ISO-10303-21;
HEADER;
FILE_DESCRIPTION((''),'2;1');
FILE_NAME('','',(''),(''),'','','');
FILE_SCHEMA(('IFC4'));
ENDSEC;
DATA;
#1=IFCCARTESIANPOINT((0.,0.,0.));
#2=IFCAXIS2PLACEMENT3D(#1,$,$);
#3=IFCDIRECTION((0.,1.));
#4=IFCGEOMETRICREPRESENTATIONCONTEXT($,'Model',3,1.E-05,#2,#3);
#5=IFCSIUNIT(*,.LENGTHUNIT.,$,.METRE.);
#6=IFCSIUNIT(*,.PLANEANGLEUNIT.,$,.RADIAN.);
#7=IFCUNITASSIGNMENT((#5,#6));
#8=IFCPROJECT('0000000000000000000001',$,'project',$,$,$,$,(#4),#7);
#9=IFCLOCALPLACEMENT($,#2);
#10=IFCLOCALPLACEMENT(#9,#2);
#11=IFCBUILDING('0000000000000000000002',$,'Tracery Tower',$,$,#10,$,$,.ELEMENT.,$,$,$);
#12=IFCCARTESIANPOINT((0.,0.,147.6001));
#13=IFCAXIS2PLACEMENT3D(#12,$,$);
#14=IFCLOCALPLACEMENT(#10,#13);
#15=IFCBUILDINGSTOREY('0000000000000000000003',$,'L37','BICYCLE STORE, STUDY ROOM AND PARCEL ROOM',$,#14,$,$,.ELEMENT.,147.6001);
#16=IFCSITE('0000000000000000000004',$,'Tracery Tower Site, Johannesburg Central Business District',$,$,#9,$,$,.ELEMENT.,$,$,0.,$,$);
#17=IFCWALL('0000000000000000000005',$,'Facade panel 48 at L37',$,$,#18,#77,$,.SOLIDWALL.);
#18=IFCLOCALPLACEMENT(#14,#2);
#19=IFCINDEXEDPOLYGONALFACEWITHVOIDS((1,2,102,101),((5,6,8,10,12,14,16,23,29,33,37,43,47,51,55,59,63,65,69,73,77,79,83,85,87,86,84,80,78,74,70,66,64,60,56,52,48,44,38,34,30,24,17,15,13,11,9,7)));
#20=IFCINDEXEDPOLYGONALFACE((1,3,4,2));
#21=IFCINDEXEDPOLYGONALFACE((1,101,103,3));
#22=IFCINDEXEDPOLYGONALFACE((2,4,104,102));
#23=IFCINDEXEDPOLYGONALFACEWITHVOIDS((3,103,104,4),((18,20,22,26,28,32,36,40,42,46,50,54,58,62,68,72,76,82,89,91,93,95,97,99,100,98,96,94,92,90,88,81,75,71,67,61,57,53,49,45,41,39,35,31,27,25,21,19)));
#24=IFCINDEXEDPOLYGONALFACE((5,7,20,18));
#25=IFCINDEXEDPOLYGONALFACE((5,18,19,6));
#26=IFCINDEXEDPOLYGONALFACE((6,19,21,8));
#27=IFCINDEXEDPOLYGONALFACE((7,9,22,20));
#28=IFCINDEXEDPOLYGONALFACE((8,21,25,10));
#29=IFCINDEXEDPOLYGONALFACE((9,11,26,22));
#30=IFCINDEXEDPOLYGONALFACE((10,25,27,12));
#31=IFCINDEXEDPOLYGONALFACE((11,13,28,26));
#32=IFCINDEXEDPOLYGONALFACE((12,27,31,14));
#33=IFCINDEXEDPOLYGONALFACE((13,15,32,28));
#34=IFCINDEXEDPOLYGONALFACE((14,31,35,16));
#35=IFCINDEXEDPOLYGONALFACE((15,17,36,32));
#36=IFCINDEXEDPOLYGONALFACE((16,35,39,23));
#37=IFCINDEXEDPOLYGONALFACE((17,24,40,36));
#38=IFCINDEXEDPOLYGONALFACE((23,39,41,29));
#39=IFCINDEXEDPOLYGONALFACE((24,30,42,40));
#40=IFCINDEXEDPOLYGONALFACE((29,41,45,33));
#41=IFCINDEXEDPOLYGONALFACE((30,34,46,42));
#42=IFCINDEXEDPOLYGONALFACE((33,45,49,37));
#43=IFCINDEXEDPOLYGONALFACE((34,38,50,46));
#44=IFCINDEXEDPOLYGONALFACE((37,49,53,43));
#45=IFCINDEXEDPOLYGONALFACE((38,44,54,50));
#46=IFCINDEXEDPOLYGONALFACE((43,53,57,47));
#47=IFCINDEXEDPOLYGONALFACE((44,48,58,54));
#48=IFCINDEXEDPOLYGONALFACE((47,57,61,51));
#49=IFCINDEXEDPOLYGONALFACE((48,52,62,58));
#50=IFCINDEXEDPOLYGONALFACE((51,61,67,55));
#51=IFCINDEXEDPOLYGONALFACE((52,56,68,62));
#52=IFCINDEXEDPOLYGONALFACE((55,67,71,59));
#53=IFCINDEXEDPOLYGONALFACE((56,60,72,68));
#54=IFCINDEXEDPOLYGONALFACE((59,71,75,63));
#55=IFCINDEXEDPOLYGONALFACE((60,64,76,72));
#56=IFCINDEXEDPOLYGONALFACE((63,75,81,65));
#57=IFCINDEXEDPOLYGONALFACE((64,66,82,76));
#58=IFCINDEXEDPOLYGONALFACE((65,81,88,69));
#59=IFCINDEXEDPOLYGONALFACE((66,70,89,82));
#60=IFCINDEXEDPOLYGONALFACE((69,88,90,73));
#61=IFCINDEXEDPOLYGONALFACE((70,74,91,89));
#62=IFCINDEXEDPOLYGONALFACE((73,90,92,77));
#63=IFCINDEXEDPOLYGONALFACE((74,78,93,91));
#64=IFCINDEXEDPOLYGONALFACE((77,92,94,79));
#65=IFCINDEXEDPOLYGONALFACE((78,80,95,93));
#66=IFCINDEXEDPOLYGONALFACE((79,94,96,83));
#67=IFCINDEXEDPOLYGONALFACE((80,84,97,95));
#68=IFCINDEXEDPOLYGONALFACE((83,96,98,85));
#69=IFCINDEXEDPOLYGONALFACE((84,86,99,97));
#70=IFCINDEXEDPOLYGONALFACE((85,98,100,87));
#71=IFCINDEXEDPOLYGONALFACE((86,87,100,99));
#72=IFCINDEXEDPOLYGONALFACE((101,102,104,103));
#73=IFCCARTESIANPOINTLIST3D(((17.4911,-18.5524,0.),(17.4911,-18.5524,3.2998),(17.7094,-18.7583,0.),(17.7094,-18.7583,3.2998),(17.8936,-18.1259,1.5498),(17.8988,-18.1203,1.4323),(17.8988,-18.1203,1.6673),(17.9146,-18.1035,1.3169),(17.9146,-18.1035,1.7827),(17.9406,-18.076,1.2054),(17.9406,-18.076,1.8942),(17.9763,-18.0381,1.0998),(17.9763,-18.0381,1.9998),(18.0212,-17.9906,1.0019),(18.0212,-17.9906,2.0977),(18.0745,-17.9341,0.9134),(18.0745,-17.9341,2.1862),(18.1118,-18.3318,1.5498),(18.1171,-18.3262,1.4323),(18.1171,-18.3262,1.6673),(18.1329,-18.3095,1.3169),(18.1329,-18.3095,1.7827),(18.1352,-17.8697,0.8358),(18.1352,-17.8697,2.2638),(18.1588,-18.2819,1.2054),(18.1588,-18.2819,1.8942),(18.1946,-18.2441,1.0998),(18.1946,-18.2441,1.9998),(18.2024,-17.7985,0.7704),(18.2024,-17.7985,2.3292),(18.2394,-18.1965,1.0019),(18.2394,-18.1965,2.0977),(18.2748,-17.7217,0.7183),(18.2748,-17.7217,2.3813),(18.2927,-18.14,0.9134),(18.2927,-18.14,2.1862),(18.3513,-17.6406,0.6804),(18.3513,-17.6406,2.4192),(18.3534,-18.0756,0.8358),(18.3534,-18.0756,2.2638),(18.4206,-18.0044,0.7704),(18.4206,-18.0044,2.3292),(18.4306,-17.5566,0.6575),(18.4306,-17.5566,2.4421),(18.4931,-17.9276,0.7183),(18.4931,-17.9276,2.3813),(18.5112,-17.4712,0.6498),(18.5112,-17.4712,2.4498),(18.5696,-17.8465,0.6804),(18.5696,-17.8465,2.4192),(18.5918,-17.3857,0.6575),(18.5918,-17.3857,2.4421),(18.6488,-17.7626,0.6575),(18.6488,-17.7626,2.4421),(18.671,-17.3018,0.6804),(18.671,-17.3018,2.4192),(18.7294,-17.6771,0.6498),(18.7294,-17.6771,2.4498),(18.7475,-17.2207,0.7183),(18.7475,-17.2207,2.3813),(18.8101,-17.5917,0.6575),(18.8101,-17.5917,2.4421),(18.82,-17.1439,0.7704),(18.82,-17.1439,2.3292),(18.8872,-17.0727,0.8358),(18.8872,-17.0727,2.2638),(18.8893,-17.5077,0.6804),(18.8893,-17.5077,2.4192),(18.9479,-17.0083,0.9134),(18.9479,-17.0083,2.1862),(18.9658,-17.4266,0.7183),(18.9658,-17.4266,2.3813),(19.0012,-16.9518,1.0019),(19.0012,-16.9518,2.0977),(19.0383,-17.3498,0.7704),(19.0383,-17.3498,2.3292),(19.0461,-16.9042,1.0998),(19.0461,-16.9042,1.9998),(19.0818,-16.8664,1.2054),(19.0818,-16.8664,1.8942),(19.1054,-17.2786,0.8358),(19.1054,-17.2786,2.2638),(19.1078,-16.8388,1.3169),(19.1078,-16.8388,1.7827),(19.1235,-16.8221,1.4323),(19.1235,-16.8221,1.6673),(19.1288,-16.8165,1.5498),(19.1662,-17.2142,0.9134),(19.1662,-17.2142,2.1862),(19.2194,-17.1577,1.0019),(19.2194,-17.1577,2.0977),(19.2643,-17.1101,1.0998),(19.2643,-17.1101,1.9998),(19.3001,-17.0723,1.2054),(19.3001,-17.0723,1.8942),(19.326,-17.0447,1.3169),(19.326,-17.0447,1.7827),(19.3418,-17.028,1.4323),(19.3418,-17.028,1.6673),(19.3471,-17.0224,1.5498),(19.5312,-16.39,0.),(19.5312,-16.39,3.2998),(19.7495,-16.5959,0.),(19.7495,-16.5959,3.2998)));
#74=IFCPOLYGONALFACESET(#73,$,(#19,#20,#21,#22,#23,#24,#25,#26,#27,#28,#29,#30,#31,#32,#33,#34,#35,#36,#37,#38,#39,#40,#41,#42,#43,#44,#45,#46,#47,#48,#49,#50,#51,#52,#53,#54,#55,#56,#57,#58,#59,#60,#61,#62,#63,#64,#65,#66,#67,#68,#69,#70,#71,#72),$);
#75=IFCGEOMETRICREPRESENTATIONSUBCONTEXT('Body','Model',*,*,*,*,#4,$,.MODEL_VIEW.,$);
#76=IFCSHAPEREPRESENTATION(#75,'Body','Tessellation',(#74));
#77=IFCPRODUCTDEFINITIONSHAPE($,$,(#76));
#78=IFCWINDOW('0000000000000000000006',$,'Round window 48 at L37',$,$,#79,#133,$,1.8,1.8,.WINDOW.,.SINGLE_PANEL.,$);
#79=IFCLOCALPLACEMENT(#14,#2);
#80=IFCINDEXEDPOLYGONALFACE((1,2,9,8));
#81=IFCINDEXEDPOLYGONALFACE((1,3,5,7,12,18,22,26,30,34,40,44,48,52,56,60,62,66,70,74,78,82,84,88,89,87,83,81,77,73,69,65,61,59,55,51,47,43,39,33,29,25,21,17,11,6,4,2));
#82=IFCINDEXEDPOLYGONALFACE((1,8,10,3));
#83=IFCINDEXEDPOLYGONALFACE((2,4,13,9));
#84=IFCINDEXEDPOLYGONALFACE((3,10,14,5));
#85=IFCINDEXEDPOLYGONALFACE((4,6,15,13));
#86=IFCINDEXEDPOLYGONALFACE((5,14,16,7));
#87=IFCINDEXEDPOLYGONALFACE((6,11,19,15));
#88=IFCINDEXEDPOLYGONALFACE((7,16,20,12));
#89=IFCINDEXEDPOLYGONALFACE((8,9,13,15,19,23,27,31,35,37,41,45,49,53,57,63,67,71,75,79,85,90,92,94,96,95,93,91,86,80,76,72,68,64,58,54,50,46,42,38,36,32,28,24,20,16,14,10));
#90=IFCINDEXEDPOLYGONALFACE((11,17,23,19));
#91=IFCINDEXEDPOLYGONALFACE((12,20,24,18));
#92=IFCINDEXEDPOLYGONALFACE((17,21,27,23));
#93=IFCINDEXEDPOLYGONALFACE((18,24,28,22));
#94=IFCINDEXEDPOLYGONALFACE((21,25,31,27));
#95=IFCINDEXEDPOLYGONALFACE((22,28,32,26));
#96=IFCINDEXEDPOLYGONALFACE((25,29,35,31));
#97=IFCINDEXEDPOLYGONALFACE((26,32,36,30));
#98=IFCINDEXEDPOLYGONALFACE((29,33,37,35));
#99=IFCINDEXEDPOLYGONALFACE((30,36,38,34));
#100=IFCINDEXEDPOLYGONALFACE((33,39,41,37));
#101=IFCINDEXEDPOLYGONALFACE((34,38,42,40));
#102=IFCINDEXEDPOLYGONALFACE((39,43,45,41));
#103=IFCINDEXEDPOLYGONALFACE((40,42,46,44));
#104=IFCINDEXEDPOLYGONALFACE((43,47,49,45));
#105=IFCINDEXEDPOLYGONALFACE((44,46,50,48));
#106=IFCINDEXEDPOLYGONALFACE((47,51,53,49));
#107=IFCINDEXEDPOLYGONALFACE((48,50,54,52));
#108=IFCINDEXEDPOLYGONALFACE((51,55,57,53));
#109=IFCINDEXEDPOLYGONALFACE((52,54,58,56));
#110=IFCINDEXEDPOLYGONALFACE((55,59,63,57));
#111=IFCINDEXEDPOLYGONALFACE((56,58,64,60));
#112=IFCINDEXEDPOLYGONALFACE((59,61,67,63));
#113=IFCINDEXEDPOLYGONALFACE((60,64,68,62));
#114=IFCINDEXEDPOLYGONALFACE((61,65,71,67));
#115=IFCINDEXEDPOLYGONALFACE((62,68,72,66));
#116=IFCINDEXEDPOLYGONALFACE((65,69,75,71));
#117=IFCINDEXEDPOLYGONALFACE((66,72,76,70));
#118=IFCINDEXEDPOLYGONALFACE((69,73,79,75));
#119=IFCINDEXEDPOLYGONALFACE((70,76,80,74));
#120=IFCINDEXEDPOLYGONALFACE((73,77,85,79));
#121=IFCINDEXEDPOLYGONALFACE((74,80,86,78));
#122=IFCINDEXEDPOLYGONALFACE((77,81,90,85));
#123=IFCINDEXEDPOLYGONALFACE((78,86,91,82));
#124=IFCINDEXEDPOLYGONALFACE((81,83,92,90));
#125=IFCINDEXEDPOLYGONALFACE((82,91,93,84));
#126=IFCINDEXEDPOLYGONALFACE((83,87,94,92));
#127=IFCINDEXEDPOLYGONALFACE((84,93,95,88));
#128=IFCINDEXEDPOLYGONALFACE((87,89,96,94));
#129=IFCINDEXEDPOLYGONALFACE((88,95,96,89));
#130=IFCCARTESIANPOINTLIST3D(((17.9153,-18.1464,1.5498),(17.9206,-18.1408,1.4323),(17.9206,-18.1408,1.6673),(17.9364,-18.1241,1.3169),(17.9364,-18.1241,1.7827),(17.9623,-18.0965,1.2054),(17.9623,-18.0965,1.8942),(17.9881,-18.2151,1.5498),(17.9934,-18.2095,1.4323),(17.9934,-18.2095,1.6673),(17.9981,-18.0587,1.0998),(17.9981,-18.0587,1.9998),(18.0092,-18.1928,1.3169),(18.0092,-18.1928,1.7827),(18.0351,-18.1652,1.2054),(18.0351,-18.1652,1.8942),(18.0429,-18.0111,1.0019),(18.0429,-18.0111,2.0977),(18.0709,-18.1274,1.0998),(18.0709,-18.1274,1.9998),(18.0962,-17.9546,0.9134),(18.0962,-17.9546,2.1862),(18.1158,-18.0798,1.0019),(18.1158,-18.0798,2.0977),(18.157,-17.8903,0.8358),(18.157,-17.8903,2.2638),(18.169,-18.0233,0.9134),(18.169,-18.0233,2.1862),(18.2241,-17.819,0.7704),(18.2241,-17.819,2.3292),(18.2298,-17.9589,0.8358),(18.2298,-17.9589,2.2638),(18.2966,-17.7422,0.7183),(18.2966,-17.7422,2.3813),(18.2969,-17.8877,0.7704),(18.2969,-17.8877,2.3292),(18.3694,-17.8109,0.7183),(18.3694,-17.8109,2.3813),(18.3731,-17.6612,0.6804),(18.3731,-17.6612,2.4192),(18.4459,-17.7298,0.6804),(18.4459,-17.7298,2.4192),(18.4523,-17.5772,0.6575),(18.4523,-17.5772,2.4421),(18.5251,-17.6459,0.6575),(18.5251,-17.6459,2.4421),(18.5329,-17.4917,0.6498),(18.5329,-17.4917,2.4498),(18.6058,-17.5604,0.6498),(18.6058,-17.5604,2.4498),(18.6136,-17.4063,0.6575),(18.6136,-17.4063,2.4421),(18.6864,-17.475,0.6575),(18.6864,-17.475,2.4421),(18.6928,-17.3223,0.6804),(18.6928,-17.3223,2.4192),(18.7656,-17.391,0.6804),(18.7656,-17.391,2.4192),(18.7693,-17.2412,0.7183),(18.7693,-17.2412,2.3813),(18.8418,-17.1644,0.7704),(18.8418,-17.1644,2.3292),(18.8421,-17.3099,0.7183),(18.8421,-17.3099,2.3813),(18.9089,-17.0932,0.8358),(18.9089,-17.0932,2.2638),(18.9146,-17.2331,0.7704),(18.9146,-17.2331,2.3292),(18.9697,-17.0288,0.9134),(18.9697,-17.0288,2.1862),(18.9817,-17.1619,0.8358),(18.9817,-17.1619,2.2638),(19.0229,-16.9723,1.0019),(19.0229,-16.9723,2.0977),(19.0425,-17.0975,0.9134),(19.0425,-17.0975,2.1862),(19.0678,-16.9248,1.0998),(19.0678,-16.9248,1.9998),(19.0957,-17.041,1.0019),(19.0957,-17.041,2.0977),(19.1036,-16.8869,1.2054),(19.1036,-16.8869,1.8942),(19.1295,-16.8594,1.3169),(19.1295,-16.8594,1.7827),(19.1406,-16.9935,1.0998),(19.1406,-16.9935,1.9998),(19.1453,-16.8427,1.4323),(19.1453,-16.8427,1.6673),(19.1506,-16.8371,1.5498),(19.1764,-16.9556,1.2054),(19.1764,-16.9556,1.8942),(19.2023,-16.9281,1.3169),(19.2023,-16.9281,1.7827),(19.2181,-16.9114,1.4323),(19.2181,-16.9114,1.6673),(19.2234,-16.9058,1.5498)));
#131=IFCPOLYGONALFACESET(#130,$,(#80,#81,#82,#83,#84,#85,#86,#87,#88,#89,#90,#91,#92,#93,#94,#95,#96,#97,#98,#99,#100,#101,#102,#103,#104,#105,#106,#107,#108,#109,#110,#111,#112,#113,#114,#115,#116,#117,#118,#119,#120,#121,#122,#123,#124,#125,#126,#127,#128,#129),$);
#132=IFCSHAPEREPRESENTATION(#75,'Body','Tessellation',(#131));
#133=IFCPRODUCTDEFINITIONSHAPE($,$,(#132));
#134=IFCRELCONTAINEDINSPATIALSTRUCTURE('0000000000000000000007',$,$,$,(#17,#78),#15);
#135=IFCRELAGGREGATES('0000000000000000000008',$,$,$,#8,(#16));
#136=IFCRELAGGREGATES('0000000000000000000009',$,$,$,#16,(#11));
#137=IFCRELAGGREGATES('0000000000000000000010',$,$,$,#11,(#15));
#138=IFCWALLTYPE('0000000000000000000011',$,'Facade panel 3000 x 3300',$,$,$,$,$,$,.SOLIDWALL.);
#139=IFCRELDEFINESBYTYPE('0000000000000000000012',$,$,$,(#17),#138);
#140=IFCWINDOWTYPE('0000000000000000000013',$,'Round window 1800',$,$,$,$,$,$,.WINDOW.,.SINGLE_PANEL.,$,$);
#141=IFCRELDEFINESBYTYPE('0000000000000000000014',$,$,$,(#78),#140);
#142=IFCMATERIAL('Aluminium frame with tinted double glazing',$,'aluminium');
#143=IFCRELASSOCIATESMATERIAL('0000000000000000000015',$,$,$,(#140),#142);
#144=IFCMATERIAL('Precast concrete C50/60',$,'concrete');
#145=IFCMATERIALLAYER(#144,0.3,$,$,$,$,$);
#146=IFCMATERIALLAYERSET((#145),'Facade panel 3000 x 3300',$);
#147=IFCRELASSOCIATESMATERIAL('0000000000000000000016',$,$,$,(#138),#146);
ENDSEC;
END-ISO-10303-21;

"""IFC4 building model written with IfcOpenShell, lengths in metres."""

from ifc_helpers import new_model, si_unit, direction, frame, frame_2d, origin, origin_2d, place, context, subcontext, project, spatial, rectangle, circle, extrude, material, layer, layer_set, type_object, element, fill, save


model = new_model("IFC4")

# Units and contexts
model_context = context("Model", 3, precision=1e-05, world=origin(), true_north=direction((0.0, 1.0)))
body_context = subcontext(model_context, "Body", "Model", "MODEL_VIEW")
ifc_project = project(units=[si_unit("LENGTHUNIT", "METRE"), si_unit("PLANEANGLEUNIT", "RADIAN")], contexts=[model_context])

# Site, building, storey
site_placement = place(None, origin())
site = spatial("IfcSite", under=ifc_project, at=site_placement, Name="Tracery Tower Site, Johannesburg Central Business District", CompositionType="ELEMENT", RefElevation=0.0)
building_placement = place(site_placement, origin())
building = spatial("IfcBuilding", under=site, at=building_placement, Name="Tracery Tower", CompositionType="ELEMENT")
storey_placement = place(building_placement, frame((0.0, 0.0, 147.6001)))
storey = spatial("IfcBuildingStorey", under=building, at=storey_placement, Name="L37", Description="BICYCLE STORE, STUDY ROOM AND PARCEL ROOM", CompositionType="ELEMENT", Elevation=147.6001)

# Wall, opening, window
ifc_material_1 = material(Name="Aluminium frame with tinted double glazing", Category="aluminium")
window_type = type_object("IfcWindowType", Name="Round window 1800", PartitioningType="SINGLE_PANEL", PredefinedType="WINDOW", material=ifc_material_1)
ifc_material_2 = material(Name="Precast concrete C50/60", Category="concrete")
ifc_layer_1 = layer(ifc_material_2, 0.3)
ifc_layer_set_1 = layer_set([ifc_layer_1], Name="Facade panel 3000 x 3300")
wall_type_1 = type_object("IfcWallType", Name="Facade panel 3000 x 3300", PredefinedType="SOLIDWALL", material=ifc_layer_set_1)
wall_1_placement = place(storey_placement, frame((17.6003, -18.6553, 0.0), z_axis=(0.0, 0.0, 1.0), x_axis=(0.686235, 0.72738, 0.0)))
wall_1 = element("IfcWall", 1, at=wall_1_placement, inside=storey, type_object=wall_type_1, Name="Facade panel 48 at L37", PredefinedType="SOLIDWALL", context=body_context, shape_type="SweptSolid", body=[
    extrude(rectangle(XDim=2.9729, YDim=0.3, at=frame_2d((1.4863, 0.0))), origin(), (0.0, 0.0, 1.0), 3.2998),
])
opening_1_placement = place(wall_1_placement, frame((1.4863, 0.0, 1.5498)))
opening_1 = element("IfcOpeningElement", 2, at=opening_1_placement, cuts=wall_1, PredefinedType="OPENING", context=body_context, shape_type="SweptSolid", body=[
    extrude(circle(Radius=0.9, at=origin_2d()), frame((0.0, 0.1599, 0.0), z_axis=(0.0, -1.0, 0.0), x_axis=(1.0, 0.0, 0.0)), (0.0, 0.0, 1.0), 0.3201),
])
window_1_placement = place(opening_1_placement, origin())
window_1 = element("IfcWindow", 3, at=window_1_placement, inside=storey, type_object=window_type, Name="Round window 48 at L37", OverallHeight=1.8, OverallWidth=1.8, PartitioningType="SINGLE_PANEL", PredefinedType="WINDOW", context=body_context, shape_type="SweptSolid", body=[
    extrude(circle(Radius=0.9, at=origin_2d()), frame((0.0, 0.1201, 0.0), z_axis=(0.0, -1.0, 0.0), x_axis=(1.0, 0.0, 0.0)), (0.0, 0.0, 1.0), 0.1001),
])
fill(opening_1, window_1)

save(model, "model.ifc")
